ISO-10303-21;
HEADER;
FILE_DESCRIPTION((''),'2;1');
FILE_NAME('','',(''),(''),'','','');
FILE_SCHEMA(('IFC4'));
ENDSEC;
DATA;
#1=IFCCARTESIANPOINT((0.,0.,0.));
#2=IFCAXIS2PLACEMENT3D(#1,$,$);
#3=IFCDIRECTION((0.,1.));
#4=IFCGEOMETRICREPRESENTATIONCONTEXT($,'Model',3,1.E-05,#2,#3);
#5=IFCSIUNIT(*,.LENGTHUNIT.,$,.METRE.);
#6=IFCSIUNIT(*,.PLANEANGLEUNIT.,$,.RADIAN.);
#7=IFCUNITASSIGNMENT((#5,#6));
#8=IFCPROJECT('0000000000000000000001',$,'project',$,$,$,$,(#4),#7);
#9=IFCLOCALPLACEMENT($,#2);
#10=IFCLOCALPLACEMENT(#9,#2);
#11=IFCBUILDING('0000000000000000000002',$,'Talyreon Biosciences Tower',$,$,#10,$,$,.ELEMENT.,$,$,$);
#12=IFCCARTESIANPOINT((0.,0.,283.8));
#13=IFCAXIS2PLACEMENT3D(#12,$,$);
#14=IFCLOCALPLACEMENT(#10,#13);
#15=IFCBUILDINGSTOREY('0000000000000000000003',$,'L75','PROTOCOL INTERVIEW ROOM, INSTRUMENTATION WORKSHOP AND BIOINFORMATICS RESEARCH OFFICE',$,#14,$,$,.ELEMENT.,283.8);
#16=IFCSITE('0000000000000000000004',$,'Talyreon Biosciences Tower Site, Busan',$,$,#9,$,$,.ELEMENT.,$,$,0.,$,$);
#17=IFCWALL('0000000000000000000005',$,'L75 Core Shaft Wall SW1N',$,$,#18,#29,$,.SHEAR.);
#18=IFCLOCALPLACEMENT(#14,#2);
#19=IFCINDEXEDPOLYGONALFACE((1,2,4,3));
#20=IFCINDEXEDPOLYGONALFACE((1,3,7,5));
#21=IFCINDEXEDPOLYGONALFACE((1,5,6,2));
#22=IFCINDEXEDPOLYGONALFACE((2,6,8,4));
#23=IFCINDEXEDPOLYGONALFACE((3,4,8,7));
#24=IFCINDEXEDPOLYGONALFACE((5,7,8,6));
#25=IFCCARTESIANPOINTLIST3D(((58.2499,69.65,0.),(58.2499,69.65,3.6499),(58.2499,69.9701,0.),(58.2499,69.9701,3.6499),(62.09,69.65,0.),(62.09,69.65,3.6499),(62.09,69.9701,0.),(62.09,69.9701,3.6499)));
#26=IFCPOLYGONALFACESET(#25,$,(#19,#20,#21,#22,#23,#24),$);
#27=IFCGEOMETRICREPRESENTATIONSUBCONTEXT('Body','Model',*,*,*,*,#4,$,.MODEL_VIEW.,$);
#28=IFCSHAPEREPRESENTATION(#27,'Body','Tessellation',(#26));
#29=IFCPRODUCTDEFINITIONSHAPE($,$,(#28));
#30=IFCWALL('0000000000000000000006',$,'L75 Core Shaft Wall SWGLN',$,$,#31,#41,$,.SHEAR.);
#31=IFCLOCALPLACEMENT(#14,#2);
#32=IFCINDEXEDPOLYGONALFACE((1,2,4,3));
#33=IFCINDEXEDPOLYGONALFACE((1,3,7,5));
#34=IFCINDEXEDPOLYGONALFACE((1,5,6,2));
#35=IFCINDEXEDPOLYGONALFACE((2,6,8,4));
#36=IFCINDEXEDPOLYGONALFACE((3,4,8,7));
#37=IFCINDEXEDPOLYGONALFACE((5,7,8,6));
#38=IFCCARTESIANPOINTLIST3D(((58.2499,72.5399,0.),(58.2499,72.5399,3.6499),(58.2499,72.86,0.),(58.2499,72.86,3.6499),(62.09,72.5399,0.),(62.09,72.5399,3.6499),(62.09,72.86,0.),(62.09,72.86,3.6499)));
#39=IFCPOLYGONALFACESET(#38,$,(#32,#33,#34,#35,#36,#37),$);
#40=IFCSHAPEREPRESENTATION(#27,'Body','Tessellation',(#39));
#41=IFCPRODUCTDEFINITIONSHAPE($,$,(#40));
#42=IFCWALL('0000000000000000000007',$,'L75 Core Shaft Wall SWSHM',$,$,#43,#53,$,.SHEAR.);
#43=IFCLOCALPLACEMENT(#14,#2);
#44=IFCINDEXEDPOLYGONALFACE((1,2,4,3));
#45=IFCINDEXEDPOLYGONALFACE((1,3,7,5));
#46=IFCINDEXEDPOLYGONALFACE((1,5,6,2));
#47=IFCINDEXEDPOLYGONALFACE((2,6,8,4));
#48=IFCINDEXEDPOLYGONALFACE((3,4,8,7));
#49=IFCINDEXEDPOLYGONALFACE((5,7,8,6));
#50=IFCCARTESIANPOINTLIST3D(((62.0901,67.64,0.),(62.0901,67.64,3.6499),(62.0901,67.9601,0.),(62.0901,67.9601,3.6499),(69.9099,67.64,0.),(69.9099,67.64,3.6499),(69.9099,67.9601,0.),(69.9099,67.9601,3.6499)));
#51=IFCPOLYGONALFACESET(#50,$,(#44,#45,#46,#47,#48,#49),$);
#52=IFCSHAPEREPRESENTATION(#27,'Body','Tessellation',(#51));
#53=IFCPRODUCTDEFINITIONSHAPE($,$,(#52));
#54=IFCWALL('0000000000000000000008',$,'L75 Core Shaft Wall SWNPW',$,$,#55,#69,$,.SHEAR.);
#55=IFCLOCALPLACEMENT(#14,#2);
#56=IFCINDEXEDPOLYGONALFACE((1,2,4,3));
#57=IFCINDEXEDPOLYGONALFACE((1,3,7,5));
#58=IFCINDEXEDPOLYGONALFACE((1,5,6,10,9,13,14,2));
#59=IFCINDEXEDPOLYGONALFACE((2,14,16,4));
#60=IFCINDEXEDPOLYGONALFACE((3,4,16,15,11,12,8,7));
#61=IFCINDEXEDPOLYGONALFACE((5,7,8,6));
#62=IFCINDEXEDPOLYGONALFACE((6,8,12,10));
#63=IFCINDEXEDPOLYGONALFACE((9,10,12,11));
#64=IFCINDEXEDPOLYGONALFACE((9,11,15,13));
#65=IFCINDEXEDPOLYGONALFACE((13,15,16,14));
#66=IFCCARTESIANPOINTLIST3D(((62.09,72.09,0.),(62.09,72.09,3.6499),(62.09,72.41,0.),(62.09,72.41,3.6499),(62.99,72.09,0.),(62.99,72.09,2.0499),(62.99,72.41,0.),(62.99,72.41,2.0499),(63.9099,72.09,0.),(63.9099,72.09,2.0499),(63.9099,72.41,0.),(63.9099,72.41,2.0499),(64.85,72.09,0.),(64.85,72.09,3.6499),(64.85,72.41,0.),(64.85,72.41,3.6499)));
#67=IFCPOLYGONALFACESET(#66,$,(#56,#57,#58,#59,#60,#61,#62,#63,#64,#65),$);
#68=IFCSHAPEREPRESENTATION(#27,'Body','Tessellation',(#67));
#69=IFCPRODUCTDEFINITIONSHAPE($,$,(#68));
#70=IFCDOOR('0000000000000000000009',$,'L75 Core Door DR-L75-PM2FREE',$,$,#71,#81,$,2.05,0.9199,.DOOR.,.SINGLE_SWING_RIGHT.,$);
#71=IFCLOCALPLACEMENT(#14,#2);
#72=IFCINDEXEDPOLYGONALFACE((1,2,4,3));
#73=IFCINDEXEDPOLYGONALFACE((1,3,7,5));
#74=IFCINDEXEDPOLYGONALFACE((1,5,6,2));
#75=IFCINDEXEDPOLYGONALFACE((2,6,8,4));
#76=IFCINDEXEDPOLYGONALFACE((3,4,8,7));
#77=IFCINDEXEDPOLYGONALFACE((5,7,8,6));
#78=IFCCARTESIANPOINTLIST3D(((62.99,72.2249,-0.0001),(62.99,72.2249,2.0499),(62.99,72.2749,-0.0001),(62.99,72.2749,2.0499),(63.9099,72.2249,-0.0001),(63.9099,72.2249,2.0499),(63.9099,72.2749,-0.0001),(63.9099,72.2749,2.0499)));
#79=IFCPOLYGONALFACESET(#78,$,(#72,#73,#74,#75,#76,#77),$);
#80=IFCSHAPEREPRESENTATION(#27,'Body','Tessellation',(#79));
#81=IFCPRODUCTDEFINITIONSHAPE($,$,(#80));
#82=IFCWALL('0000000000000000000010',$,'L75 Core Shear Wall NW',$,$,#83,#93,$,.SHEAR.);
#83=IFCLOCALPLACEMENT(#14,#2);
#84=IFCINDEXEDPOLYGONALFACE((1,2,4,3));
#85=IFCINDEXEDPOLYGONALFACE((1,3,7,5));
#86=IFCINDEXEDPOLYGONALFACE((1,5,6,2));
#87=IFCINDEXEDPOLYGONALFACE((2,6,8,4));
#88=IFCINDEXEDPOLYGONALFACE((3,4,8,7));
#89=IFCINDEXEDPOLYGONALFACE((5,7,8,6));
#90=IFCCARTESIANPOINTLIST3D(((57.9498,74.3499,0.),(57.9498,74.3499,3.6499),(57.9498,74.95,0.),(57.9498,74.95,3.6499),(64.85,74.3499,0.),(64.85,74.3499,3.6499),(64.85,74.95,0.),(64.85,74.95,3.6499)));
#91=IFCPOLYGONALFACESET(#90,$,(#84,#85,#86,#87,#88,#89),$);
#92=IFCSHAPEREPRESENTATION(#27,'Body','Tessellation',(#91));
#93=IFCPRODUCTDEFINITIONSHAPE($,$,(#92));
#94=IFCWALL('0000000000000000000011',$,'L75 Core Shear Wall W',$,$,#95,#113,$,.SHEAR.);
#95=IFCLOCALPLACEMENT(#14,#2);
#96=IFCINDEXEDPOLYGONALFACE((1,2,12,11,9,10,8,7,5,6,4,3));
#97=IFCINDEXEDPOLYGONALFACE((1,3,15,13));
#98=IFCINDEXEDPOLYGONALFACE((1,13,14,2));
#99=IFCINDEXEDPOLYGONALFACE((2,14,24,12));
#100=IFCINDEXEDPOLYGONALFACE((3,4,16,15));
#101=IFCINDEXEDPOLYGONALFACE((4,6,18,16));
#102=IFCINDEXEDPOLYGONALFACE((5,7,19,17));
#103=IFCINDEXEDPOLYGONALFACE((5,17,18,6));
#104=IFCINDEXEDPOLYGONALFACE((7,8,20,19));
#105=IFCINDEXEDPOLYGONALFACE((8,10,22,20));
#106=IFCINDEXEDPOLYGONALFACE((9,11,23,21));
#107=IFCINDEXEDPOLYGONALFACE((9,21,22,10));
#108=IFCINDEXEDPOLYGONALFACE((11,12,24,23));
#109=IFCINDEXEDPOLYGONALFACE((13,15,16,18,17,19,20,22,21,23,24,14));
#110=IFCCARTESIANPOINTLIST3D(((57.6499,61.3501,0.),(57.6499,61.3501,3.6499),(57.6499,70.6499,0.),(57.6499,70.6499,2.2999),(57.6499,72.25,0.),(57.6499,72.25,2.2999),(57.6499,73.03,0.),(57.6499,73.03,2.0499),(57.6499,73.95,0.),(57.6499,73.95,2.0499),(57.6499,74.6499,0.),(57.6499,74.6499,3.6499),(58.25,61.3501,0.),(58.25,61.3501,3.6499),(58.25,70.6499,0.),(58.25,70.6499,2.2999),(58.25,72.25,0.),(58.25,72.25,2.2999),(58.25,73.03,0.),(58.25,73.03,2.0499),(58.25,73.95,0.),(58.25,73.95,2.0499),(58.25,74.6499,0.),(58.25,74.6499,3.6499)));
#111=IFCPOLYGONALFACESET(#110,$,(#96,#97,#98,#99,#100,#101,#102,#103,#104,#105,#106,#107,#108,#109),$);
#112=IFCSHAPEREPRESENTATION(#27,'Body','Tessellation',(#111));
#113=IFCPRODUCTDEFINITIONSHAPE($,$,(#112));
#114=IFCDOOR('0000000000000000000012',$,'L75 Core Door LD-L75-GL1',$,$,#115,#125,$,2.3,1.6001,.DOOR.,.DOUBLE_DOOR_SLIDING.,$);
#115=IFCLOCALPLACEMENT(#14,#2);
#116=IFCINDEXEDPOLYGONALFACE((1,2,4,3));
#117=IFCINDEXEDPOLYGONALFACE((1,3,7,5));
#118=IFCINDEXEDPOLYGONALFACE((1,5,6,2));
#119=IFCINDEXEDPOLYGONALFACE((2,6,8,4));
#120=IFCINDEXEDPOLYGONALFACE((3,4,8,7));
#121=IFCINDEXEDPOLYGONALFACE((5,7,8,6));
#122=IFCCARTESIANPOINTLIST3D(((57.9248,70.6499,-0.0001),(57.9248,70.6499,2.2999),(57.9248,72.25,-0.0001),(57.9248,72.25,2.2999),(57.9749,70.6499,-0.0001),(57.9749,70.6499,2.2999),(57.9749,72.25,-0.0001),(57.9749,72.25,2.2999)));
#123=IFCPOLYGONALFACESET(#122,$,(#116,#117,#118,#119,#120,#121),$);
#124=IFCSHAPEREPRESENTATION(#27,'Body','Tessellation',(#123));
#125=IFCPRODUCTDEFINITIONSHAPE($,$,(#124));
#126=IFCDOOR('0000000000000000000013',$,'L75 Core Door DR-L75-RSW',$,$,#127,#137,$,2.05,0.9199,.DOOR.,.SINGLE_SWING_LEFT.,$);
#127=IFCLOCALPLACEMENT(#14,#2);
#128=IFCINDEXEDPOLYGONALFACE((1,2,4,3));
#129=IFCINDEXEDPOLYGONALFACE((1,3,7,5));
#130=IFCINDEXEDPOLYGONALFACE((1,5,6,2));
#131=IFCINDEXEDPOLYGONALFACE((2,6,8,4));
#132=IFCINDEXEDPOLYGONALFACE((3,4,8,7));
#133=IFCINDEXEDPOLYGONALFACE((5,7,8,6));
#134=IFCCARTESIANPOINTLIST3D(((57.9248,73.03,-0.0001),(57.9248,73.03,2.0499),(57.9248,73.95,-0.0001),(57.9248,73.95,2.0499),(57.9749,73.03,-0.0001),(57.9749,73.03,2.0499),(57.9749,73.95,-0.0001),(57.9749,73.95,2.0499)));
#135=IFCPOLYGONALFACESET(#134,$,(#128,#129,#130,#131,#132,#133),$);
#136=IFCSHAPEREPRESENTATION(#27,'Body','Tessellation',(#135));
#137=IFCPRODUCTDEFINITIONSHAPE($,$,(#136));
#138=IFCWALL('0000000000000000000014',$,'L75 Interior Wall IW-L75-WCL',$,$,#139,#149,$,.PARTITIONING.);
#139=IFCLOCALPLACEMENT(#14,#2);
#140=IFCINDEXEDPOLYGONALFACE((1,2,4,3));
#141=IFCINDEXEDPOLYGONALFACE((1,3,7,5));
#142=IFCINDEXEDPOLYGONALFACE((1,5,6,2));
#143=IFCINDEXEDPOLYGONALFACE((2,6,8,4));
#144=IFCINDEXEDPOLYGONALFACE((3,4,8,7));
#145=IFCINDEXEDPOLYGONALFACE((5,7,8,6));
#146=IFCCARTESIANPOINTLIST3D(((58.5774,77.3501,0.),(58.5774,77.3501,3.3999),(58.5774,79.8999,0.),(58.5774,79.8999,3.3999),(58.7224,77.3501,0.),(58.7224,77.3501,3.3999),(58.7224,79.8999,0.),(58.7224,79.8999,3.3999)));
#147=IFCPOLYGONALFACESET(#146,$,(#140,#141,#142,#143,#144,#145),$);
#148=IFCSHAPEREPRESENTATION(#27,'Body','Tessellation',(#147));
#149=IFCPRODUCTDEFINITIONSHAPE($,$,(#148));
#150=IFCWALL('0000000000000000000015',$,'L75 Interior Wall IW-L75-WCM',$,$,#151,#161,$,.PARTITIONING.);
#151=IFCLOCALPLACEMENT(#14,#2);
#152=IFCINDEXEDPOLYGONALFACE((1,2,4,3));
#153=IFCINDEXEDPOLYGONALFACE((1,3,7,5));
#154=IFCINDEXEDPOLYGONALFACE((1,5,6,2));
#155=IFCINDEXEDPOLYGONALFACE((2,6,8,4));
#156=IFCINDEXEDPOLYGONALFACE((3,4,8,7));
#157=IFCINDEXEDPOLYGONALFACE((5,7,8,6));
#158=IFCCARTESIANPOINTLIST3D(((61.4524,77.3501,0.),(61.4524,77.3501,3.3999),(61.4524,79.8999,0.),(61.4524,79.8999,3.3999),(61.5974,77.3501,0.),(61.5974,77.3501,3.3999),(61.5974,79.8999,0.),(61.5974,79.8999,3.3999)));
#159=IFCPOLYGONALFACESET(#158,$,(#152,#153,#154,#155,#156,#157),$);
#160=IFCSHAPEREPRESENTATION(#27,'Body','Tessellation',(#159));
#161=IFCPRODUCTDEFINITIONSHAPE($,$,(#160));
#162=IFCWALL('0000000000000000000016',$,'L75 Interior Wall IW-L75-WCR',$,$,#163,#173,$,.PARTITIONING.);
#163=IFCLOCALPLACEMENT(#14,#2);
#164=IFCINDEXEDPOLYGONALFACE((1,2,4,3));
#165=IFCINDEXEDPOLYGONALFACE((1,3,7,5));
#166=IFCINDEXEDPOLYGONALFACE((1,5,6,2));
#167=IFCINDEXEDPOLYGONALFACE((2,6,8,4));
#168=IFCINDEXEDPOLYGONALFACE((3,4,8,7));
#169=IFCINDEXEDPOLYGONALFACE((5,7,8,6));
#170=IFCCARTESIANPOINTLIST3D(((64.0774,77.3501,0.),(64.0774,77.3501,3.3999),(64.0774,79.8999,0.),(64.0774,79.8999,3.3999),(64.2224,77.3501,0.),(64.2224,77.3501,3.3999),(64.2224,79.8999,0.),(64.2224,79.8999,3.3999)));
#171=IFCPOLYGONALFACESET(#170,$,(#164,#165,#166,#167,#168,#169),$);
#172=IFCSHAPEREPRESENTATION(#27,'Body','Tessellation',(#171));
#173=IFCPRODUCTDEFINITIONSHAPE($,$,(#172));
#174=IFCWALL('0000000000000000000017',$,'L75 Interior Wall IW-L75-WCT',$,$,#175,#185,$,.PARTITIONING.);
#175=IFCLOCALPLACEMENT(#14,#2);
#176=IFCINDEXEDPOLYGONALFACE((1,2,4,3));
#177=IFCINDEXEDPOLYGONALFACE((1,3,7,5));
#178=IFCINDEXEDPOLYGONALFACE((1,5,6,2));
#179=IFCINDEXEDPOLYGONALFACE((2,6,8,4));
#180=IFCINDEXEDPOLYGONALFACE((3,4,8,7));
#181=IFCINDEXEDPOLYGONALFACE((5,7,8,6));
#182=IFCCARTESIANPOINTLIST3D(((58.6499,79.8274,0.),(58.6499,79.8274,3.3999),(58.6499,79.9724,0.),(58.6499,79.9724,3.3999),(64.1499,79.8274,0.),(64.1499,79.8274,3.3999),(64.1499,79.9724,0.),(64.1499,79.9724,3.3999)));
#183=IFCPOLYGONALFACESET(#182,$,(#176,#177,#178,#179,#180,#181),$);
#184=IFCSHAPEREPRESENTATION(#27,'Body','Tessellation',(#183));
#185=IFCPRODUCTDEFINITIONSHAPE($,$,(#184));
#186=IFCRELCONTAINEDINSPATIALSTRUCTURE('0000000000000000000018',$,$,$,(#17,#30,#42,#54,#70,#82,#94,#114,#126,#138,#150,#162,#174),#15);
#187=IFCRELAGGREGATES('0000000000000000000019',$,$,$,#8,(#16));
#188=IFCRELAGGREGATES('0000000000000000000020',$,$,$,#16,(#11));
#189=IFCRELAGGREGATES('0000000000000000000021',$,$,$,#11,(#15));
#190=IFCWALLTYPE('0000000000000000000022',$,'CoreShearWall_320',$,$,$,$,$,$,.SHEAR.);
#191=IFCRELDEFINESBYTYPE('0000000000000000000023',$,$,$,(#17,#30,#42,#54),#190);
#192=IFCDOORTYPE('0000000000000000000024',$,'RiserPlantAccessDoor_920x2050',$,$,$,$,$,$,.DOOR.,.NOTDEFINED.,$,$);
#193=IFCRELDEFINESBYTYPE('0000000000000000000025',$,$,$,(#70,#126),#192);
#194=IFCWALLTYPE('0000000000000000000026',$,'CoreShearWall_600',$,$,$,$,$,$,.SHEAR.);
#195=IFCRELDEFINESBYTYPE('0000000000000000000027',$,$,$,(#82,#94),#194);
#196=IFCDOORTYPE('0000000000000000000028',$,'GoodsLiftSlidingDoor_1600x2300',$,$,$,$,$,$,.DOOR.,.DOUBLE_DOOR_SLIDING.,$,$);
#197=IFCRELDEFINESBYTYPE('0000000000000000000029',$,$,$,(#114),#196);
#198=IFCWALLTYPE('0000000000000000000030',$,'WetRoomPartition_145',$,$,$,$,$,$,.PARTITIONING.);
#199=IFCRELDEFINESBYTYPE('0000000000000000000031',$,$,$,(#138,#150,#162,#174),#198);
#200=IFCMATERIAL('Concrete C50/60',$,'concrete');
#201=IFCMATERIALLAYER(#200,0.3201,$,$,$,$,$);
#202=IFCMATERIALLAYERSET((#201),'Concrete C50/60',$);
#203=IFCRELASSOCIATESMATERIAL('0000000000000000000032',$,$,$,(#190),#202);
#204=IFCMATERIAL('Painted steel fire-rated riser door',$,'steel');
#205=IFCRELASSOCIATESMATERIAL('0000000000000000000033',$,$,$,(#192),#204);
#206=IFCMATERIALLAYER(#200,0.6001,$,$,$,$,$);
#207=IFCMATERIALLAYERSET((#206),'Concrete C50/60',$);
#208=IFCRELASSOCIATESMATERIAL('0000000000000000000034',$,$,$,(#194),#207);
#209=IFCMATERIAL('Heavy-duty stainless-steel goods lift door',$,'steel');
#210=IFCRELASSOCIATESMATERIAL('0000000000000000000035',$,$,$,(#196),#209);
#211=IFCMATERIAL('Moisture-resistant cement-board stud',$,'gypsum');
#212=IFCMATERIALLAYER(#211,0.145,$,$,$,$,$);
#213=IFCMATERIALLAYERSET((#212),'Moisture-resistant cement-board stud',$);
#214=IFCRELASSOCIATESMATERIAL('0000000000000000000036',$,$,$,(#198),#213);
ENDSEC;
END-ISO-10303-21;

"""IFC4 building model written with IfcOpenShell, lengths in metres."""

from ifc_helpers import new_model, si_unit, direction, frame, frame_2d, origin, place, context, subcontext, project, spatial, rectangle, extrude, material, layer, layer_set, type_object, element, fill, save


model = new_model("IFC4")

# Units and contexts
model_context = context("Model", 3, precision=1e-05, world=origin(), true_north=direction((0.0, 1.0)))
body_context = subcontext(model_context, "Body", "Model", "MODEL_VIEW")
ifc_project = project(units=[si_unit("LENGTHUNIT", "METRE"), si_unit("PLANEANGLEUNIT", "RADIAN")], contexts=[model_context])

# Site, building, storey
site_placement = place(None, origin())
site = spatial("IfcSite", under=ifc_project, at=site_placement, Name="Talyreon Biosciences Tower Site, Busan", CompositionType="ELEMENT", RefElevation=0.0)
building_placement = place(site_placement, origin())
building = spatial("IfcBuilding", under=site, at=building_placement, Name="Talyreon Biosciences Tower", CompositionType="ELEMENT")
storey_placement = place(building_placement, frame((0.0, 0.0, 283.8)))
storey = spatial("IfcBuildingStorey", under=building, at=storey_placement, Name="L75", Description="PROTOCOL INTERVIEW ROOM, INSTRUMENTATION WORKSHOP AND BIOINFORMATICS RESEARCH OFFICE", CompositionType="ELEMENT", Elevation=283.8)

# Shared definitions
ifc_material_1 = material(Name="Concrete C50/60", Category="concrete")

# Walls
ifc_layer_1 = layer(ifc_material_1, 0.3201)
ifc_layer_set_1 = layer_set([ifc_layer_1], Name="Concrete C50/60")
wall_type_1 = type_object("IfcWallType", Name="CoreShearWall_320", PredefinedType="SHEAR", material=ifc_layer_set_1)
for number, where, z_axis, x_axis, name in (
    (1, (58.25, 69.8101, 0.0), (0.0, 0.0, 1.0), (1.0, 0.0, 0.0), "L75 Core Shaft Wall SW1N"),
    (2, (58.25, 72.7, 0.0), (0.0, 0.0, 1.0), (1.0, 0.0, 0.0), "L75 Core Shaft Wall SWGLN"),
):
    element("IfcWall", number, at=place(storey_placement, frame(where, z_axis=z_axis, x_axis=x_axis)), inside=storey, type_object=wall_type_1, Name=name, PredefinedType="SHEAR", context=body_context, shape_type="SweptSolid", body=[
        extrude(rectangle(XDim=3.8401, YDim=0.3201, at=frame_2d((1.9199, 0.0))), origin(), (0.0, 0.0, 1.0), 3.6499),
    ])
wall_1_placement = place(storey_placement, frame((62.0901, 67.8, 0.0), z_axis=(0.0, 0.0, 1.0), x_axis=(1.0, 0.0, 0.0)))
element("IfcWall", 3, at=wall_1_placement, inside=storey, type_object=wall_type_1, Name="L75 Core Shaft Wall SWSHM", PredefinedType="SHEAR", context=body_context, shape_type="SweptSolid", body=[
    extrude(rectangle(XDim=7.8198, YDim=0.3201, at=frame_2d((3.9099, 0.0))), origin(), (0.0, 0.0, 1.0), 3.6499),
])

# Wall, opening, door
wall_2_placement = place(storey_placement, frame((62.0901, 72.25, 0.0), z_axis=(0.0, 0.0, 1.0), x_axis=(1.0, 0.0, 0.0)))
wall_2 = element("IfcWall", 4, at=wall_2_placement, inside=storey, type_object=wall_type_1, Name="L75 Core Shaft Wall SWNPW", PredefinedType="SHEAR", context=body_context, shape_type="SweptSolid", body=[
    extrude(rectangle(XDim=2.76, YDim=0.3201, at=frame_2d((1.3799, 0.0))), origin(), (0.0, 0.0, 1.0), 3.6499),
])
opening_1_placement = place(wall_2_placement, frame((0.8999, 0.0, 0.0)))
opening_1 = element("IfcOpeningElement", 5, at=opening_1_placement, cuts=wall_2, PredefinedType="OPENING", context=body_context, shape_type="SweptSolid", body=[
    extrude(rectangle(XDim=0.9199, YDim=2.05, at=frame_2d((0.46, 1.0249))), frame((0.0, 0.1699, 0.0), z_axis=(0.0, -1.0, 0.0), x_axis=(1.0, 0.0, 0.0)), (0.0, 0.0, 1.0), 0.3401),
])
ifc_material_2 = material(Name="Painted steel fire-rated riser door", Category="steel")
door_type_1 = type_object("IfcDoorType", Name="RiserPlantAccessDoor_920x2050", OperationType="NOTDEFINED", PredefinedType="DOOR", material=ifc_material_2)
door_1_placement = place(opening_1_placement, origin())
door_1 = element("IfcDoor", 6, at=door_1_placement, inside=storey, type_object=door_type_1, Name="L75 Core Door DR-L75-PM2FREE", OperationType="SINGLE_SWING_RIGHT", OverallHeight=2.05, OverallWidth=0.9199, PredefinedType="DOOR", context=body_context, shape_type="SweptSolid", body=[
    extrude(rectangle(XDim=0.9199, YDim=2.05, at=frame_2d((0.46, 1.0249))), frame((0.0, 0.0249, 0.0), z_axis=(0.0, -1.0, 0.0), x_axis=(1.0, 0.0, 0.0)), (0.0, 0.0, 1.0), 0.05),
])
fill(opening_1, door_1)

# Wall
ifc_layer_2 = layer(ifc_material_1, 0.6001)
ifc_layer_set_2 = layer_set([ifc_layer_2], Name="Concrete C50/60")
wall_type_2 = type_object("IfcWallType", Name="CoreShearWall_600", PredefinedType="SHEAR", material=ifc_layer_set_2)
wall_3_placement = place(storey_placement, frame((64.8501, 74.6499, 0.0), z_axis=(0.0, 0.0, 1.0), x_axis=(-1.0, 0.0, 0.0)))
element("IfcWall", 7, at=wall_3_placement, inside=storey, type_object=wall_type_2, Name="L75 Core Shear Wall NW", PredefinedType="SHEAR", context=body_context, shape_type="SweptSolid", body=[
    extrude(rectangle(XDim=6.9001, YDim=0.6001, at=frame_2d((3.4502, 0.0))), origin(), (0.0, 0.0, 1.0), 3.6499),
])

# Wall, openings, doors
wall_4_placement = place(storey_placement, frame((57.95, 74.6499, 0.0), z_axis=(0.0, 0.0, 1.0), x_axis=(0.0, -1.0, 0.0)))
wall_4 = element("IfcWall", 8, at=wall_4_placement, inside=storey, type_object=wall_type_2, Name="L75 Core Shear Wall W", PredefinedType="SHEAR", context=body_context, shape_type="SweptSolid", body=[
    extrude(rectangle(XDim=13.2998, YDim=0.6001, at=frame_2d((6.6499, 0.0))), origin(), (0.0, 0.0, 1.0), 3.6499),
])
opening_2_placement = place(wall_4_placement, frame((0.7, 0.0, 0.0)))
opening_2 = element("IfcOpeningElement", 9, at=opening_2_placement, cuts=wall_4, PredefinedType="OPENING", context=body_context, shape_type="SweptSolid", body=[
    extrude(rectangle(XDim=0.9199, YDim=2.05, at=frame_2d((0.46, 1.0249))), frame((0.0, 0.3101, 0.0), z_axis=(0.0, -1.0, 0.0), x_axis=(1.0, 0.0, 0.0)), (0.0, 0.0, 1.0), 0.6201),
])
opening_3_placement = place(wall_4_placement, frame((2.3999, 0.0, 0.0)))
opening_3 = element("IfcOpeningElement", 10, at=opening_3_placement, cuts=wall_4, PredefinedType="OPENING", context=body_context, shape_type="SweptSolid", body=[
    extrude(rectangle(XDim=1.6001, YDim=2.3, at=frame_2d((0.8, 1.1499))), frame((0.0, 0.3101, 0.0), z_axis=(0.0, -1.0, 0.0), x_axis=(1.0, 0.0, 0.0)), (0.0, 0.0, 1.0), 0.6201),
])
ifc_material_3 = material(Name="Heavy-duty stainless-steel goods lift door", Category="steel")
door_type_2 = type_object("IfcDoorType", Name="GoodsLiftSlidingDoor_1600x2300", OperationType="DOUBLE_DOOR_SLIDING", PredefinedType="DOOR", material=ifc_material_3)
door_2_placement = place(opening_3_placement, origin())
door_2 = element("IfcDoor", 11, at=door_2_placement, inside=storey, type_object=door_type_2, Name="L75 Core Door LD-L75-GL1", OperationType="DOUBLE_DOOR_SLIDING", OverallHeight=2.3, OverallWidth=1.6001, PredefinedType="DOOR", context=body_context, shape_type="SweptSolid", body=[
    extrude(rectangle(XDim=1.6001, YDim=2.3, at=frame_2d((0.8, 1.1499))), frame((0.0, 0.0249, 0.0), z_axis=(0.0, -1.0, 0.0), x_axis=(1.0, 0.0, 0.0)), (0.0, 0.0, 1.0), 0.05),
])
fill(opening_3, door_2)
door_3_placement = place(opening_2_placement, origin())
door_3 = element("IfcDoor", 12, at=door_3_placement, inside=storey, type_object=door_type_1, Name="L75 Core Door DR-L75-RSW", OperationType="SINGLE_SWING_LEFT", OverallHeight=2.05, OverallWidth=0.9199, PredefinedType="DOOR", context=body_context, shape_type="SweptSolid", body=[
    extrude(rectangle(XDim=0.9199, YDim=2.05, at=frame_2d((0.46, 1.0249))), frame((0.0, 0.0249, 0.0), z_axis=(0.0, -1.0, 0.0), x_axis=(1.0, 0.0, 0.0)), (0.0, 0.0, 1.0), 0.05),
])
fill(opening_2, door_3)

# Walls
ifc_material_4 = material(Name="Moisture-resistant cement-board stud", Category="gypsum")
ifc_layer_3 = layer(ifc_material_4, 0.145)
ifc_layer_set_3 = layer_set([ifc_layer_3], Name="Moisture-resistant cement-board stud")
wall_type_3 = type_object("IfcWallType", Name="WetRoomPartition_145", PredefinedType="PARTITIONING", material=ifc_layer_set_3)
for number, where, z_axis, x_axis, name in (
    (13, (58.6499, 77.3501, 0.0), (0.0, 0.0, 1.0), (0.0, 1.0, 0.0), "L75 Interior Wall IW-L75-WCL"),
    (14, (61.5249, 77.3501, 0.0), (0.0, 0.0, 1.0), (0.0, 1.0, 0.0), "L75 Interior Wall IW-L75-WCM"),
    (15, (64.1499, 77.3501, 0.0), (0.0, 0.0, 1.0), (0.0, 1.0, 0.0), "L75 Interior Wall IW-L75-WCR"),
):
    element("IfcWall", number, at=place(storey_placement, frame(where, z_axis=z_axis, x_axis=x_axis)), inside=storey, type_object=wall_type_3, Name=name, PredefinedType="PARTITIONING", context=body_context, shape_type="SweptSolid", body=[
        extrude(rectangle(XDim=2.5498, YDim=0.145, at=frame_2d((1.2749, 0.0))), origin(), (0.0, 0.0, 1.0), 3.3999),
    ])
wall_5_placement = place(storey_placement, frame((58.6499, 79.8999, 0.0), z_axis=(0.0, 0.0, 1.0), x_axis=(1.0, 0.0, 0.0)))
element("IfcWall", 16, at=wall_5_placement, inside=storey, type_object=wall_type_3, Name="L75 Interior Wall IW-L75-WCT", PredefinedType="PARTITIONING", context=body_context, shape_type="SweptSolid", body=[
    extrude(rectangle(XDim=5.5, YDim=0.145, at=frame_2d((2.75, 0.0))), origin(), (0.0, 0.0, 1.0), 3.3999),
])

save(model, "model.ifc")
